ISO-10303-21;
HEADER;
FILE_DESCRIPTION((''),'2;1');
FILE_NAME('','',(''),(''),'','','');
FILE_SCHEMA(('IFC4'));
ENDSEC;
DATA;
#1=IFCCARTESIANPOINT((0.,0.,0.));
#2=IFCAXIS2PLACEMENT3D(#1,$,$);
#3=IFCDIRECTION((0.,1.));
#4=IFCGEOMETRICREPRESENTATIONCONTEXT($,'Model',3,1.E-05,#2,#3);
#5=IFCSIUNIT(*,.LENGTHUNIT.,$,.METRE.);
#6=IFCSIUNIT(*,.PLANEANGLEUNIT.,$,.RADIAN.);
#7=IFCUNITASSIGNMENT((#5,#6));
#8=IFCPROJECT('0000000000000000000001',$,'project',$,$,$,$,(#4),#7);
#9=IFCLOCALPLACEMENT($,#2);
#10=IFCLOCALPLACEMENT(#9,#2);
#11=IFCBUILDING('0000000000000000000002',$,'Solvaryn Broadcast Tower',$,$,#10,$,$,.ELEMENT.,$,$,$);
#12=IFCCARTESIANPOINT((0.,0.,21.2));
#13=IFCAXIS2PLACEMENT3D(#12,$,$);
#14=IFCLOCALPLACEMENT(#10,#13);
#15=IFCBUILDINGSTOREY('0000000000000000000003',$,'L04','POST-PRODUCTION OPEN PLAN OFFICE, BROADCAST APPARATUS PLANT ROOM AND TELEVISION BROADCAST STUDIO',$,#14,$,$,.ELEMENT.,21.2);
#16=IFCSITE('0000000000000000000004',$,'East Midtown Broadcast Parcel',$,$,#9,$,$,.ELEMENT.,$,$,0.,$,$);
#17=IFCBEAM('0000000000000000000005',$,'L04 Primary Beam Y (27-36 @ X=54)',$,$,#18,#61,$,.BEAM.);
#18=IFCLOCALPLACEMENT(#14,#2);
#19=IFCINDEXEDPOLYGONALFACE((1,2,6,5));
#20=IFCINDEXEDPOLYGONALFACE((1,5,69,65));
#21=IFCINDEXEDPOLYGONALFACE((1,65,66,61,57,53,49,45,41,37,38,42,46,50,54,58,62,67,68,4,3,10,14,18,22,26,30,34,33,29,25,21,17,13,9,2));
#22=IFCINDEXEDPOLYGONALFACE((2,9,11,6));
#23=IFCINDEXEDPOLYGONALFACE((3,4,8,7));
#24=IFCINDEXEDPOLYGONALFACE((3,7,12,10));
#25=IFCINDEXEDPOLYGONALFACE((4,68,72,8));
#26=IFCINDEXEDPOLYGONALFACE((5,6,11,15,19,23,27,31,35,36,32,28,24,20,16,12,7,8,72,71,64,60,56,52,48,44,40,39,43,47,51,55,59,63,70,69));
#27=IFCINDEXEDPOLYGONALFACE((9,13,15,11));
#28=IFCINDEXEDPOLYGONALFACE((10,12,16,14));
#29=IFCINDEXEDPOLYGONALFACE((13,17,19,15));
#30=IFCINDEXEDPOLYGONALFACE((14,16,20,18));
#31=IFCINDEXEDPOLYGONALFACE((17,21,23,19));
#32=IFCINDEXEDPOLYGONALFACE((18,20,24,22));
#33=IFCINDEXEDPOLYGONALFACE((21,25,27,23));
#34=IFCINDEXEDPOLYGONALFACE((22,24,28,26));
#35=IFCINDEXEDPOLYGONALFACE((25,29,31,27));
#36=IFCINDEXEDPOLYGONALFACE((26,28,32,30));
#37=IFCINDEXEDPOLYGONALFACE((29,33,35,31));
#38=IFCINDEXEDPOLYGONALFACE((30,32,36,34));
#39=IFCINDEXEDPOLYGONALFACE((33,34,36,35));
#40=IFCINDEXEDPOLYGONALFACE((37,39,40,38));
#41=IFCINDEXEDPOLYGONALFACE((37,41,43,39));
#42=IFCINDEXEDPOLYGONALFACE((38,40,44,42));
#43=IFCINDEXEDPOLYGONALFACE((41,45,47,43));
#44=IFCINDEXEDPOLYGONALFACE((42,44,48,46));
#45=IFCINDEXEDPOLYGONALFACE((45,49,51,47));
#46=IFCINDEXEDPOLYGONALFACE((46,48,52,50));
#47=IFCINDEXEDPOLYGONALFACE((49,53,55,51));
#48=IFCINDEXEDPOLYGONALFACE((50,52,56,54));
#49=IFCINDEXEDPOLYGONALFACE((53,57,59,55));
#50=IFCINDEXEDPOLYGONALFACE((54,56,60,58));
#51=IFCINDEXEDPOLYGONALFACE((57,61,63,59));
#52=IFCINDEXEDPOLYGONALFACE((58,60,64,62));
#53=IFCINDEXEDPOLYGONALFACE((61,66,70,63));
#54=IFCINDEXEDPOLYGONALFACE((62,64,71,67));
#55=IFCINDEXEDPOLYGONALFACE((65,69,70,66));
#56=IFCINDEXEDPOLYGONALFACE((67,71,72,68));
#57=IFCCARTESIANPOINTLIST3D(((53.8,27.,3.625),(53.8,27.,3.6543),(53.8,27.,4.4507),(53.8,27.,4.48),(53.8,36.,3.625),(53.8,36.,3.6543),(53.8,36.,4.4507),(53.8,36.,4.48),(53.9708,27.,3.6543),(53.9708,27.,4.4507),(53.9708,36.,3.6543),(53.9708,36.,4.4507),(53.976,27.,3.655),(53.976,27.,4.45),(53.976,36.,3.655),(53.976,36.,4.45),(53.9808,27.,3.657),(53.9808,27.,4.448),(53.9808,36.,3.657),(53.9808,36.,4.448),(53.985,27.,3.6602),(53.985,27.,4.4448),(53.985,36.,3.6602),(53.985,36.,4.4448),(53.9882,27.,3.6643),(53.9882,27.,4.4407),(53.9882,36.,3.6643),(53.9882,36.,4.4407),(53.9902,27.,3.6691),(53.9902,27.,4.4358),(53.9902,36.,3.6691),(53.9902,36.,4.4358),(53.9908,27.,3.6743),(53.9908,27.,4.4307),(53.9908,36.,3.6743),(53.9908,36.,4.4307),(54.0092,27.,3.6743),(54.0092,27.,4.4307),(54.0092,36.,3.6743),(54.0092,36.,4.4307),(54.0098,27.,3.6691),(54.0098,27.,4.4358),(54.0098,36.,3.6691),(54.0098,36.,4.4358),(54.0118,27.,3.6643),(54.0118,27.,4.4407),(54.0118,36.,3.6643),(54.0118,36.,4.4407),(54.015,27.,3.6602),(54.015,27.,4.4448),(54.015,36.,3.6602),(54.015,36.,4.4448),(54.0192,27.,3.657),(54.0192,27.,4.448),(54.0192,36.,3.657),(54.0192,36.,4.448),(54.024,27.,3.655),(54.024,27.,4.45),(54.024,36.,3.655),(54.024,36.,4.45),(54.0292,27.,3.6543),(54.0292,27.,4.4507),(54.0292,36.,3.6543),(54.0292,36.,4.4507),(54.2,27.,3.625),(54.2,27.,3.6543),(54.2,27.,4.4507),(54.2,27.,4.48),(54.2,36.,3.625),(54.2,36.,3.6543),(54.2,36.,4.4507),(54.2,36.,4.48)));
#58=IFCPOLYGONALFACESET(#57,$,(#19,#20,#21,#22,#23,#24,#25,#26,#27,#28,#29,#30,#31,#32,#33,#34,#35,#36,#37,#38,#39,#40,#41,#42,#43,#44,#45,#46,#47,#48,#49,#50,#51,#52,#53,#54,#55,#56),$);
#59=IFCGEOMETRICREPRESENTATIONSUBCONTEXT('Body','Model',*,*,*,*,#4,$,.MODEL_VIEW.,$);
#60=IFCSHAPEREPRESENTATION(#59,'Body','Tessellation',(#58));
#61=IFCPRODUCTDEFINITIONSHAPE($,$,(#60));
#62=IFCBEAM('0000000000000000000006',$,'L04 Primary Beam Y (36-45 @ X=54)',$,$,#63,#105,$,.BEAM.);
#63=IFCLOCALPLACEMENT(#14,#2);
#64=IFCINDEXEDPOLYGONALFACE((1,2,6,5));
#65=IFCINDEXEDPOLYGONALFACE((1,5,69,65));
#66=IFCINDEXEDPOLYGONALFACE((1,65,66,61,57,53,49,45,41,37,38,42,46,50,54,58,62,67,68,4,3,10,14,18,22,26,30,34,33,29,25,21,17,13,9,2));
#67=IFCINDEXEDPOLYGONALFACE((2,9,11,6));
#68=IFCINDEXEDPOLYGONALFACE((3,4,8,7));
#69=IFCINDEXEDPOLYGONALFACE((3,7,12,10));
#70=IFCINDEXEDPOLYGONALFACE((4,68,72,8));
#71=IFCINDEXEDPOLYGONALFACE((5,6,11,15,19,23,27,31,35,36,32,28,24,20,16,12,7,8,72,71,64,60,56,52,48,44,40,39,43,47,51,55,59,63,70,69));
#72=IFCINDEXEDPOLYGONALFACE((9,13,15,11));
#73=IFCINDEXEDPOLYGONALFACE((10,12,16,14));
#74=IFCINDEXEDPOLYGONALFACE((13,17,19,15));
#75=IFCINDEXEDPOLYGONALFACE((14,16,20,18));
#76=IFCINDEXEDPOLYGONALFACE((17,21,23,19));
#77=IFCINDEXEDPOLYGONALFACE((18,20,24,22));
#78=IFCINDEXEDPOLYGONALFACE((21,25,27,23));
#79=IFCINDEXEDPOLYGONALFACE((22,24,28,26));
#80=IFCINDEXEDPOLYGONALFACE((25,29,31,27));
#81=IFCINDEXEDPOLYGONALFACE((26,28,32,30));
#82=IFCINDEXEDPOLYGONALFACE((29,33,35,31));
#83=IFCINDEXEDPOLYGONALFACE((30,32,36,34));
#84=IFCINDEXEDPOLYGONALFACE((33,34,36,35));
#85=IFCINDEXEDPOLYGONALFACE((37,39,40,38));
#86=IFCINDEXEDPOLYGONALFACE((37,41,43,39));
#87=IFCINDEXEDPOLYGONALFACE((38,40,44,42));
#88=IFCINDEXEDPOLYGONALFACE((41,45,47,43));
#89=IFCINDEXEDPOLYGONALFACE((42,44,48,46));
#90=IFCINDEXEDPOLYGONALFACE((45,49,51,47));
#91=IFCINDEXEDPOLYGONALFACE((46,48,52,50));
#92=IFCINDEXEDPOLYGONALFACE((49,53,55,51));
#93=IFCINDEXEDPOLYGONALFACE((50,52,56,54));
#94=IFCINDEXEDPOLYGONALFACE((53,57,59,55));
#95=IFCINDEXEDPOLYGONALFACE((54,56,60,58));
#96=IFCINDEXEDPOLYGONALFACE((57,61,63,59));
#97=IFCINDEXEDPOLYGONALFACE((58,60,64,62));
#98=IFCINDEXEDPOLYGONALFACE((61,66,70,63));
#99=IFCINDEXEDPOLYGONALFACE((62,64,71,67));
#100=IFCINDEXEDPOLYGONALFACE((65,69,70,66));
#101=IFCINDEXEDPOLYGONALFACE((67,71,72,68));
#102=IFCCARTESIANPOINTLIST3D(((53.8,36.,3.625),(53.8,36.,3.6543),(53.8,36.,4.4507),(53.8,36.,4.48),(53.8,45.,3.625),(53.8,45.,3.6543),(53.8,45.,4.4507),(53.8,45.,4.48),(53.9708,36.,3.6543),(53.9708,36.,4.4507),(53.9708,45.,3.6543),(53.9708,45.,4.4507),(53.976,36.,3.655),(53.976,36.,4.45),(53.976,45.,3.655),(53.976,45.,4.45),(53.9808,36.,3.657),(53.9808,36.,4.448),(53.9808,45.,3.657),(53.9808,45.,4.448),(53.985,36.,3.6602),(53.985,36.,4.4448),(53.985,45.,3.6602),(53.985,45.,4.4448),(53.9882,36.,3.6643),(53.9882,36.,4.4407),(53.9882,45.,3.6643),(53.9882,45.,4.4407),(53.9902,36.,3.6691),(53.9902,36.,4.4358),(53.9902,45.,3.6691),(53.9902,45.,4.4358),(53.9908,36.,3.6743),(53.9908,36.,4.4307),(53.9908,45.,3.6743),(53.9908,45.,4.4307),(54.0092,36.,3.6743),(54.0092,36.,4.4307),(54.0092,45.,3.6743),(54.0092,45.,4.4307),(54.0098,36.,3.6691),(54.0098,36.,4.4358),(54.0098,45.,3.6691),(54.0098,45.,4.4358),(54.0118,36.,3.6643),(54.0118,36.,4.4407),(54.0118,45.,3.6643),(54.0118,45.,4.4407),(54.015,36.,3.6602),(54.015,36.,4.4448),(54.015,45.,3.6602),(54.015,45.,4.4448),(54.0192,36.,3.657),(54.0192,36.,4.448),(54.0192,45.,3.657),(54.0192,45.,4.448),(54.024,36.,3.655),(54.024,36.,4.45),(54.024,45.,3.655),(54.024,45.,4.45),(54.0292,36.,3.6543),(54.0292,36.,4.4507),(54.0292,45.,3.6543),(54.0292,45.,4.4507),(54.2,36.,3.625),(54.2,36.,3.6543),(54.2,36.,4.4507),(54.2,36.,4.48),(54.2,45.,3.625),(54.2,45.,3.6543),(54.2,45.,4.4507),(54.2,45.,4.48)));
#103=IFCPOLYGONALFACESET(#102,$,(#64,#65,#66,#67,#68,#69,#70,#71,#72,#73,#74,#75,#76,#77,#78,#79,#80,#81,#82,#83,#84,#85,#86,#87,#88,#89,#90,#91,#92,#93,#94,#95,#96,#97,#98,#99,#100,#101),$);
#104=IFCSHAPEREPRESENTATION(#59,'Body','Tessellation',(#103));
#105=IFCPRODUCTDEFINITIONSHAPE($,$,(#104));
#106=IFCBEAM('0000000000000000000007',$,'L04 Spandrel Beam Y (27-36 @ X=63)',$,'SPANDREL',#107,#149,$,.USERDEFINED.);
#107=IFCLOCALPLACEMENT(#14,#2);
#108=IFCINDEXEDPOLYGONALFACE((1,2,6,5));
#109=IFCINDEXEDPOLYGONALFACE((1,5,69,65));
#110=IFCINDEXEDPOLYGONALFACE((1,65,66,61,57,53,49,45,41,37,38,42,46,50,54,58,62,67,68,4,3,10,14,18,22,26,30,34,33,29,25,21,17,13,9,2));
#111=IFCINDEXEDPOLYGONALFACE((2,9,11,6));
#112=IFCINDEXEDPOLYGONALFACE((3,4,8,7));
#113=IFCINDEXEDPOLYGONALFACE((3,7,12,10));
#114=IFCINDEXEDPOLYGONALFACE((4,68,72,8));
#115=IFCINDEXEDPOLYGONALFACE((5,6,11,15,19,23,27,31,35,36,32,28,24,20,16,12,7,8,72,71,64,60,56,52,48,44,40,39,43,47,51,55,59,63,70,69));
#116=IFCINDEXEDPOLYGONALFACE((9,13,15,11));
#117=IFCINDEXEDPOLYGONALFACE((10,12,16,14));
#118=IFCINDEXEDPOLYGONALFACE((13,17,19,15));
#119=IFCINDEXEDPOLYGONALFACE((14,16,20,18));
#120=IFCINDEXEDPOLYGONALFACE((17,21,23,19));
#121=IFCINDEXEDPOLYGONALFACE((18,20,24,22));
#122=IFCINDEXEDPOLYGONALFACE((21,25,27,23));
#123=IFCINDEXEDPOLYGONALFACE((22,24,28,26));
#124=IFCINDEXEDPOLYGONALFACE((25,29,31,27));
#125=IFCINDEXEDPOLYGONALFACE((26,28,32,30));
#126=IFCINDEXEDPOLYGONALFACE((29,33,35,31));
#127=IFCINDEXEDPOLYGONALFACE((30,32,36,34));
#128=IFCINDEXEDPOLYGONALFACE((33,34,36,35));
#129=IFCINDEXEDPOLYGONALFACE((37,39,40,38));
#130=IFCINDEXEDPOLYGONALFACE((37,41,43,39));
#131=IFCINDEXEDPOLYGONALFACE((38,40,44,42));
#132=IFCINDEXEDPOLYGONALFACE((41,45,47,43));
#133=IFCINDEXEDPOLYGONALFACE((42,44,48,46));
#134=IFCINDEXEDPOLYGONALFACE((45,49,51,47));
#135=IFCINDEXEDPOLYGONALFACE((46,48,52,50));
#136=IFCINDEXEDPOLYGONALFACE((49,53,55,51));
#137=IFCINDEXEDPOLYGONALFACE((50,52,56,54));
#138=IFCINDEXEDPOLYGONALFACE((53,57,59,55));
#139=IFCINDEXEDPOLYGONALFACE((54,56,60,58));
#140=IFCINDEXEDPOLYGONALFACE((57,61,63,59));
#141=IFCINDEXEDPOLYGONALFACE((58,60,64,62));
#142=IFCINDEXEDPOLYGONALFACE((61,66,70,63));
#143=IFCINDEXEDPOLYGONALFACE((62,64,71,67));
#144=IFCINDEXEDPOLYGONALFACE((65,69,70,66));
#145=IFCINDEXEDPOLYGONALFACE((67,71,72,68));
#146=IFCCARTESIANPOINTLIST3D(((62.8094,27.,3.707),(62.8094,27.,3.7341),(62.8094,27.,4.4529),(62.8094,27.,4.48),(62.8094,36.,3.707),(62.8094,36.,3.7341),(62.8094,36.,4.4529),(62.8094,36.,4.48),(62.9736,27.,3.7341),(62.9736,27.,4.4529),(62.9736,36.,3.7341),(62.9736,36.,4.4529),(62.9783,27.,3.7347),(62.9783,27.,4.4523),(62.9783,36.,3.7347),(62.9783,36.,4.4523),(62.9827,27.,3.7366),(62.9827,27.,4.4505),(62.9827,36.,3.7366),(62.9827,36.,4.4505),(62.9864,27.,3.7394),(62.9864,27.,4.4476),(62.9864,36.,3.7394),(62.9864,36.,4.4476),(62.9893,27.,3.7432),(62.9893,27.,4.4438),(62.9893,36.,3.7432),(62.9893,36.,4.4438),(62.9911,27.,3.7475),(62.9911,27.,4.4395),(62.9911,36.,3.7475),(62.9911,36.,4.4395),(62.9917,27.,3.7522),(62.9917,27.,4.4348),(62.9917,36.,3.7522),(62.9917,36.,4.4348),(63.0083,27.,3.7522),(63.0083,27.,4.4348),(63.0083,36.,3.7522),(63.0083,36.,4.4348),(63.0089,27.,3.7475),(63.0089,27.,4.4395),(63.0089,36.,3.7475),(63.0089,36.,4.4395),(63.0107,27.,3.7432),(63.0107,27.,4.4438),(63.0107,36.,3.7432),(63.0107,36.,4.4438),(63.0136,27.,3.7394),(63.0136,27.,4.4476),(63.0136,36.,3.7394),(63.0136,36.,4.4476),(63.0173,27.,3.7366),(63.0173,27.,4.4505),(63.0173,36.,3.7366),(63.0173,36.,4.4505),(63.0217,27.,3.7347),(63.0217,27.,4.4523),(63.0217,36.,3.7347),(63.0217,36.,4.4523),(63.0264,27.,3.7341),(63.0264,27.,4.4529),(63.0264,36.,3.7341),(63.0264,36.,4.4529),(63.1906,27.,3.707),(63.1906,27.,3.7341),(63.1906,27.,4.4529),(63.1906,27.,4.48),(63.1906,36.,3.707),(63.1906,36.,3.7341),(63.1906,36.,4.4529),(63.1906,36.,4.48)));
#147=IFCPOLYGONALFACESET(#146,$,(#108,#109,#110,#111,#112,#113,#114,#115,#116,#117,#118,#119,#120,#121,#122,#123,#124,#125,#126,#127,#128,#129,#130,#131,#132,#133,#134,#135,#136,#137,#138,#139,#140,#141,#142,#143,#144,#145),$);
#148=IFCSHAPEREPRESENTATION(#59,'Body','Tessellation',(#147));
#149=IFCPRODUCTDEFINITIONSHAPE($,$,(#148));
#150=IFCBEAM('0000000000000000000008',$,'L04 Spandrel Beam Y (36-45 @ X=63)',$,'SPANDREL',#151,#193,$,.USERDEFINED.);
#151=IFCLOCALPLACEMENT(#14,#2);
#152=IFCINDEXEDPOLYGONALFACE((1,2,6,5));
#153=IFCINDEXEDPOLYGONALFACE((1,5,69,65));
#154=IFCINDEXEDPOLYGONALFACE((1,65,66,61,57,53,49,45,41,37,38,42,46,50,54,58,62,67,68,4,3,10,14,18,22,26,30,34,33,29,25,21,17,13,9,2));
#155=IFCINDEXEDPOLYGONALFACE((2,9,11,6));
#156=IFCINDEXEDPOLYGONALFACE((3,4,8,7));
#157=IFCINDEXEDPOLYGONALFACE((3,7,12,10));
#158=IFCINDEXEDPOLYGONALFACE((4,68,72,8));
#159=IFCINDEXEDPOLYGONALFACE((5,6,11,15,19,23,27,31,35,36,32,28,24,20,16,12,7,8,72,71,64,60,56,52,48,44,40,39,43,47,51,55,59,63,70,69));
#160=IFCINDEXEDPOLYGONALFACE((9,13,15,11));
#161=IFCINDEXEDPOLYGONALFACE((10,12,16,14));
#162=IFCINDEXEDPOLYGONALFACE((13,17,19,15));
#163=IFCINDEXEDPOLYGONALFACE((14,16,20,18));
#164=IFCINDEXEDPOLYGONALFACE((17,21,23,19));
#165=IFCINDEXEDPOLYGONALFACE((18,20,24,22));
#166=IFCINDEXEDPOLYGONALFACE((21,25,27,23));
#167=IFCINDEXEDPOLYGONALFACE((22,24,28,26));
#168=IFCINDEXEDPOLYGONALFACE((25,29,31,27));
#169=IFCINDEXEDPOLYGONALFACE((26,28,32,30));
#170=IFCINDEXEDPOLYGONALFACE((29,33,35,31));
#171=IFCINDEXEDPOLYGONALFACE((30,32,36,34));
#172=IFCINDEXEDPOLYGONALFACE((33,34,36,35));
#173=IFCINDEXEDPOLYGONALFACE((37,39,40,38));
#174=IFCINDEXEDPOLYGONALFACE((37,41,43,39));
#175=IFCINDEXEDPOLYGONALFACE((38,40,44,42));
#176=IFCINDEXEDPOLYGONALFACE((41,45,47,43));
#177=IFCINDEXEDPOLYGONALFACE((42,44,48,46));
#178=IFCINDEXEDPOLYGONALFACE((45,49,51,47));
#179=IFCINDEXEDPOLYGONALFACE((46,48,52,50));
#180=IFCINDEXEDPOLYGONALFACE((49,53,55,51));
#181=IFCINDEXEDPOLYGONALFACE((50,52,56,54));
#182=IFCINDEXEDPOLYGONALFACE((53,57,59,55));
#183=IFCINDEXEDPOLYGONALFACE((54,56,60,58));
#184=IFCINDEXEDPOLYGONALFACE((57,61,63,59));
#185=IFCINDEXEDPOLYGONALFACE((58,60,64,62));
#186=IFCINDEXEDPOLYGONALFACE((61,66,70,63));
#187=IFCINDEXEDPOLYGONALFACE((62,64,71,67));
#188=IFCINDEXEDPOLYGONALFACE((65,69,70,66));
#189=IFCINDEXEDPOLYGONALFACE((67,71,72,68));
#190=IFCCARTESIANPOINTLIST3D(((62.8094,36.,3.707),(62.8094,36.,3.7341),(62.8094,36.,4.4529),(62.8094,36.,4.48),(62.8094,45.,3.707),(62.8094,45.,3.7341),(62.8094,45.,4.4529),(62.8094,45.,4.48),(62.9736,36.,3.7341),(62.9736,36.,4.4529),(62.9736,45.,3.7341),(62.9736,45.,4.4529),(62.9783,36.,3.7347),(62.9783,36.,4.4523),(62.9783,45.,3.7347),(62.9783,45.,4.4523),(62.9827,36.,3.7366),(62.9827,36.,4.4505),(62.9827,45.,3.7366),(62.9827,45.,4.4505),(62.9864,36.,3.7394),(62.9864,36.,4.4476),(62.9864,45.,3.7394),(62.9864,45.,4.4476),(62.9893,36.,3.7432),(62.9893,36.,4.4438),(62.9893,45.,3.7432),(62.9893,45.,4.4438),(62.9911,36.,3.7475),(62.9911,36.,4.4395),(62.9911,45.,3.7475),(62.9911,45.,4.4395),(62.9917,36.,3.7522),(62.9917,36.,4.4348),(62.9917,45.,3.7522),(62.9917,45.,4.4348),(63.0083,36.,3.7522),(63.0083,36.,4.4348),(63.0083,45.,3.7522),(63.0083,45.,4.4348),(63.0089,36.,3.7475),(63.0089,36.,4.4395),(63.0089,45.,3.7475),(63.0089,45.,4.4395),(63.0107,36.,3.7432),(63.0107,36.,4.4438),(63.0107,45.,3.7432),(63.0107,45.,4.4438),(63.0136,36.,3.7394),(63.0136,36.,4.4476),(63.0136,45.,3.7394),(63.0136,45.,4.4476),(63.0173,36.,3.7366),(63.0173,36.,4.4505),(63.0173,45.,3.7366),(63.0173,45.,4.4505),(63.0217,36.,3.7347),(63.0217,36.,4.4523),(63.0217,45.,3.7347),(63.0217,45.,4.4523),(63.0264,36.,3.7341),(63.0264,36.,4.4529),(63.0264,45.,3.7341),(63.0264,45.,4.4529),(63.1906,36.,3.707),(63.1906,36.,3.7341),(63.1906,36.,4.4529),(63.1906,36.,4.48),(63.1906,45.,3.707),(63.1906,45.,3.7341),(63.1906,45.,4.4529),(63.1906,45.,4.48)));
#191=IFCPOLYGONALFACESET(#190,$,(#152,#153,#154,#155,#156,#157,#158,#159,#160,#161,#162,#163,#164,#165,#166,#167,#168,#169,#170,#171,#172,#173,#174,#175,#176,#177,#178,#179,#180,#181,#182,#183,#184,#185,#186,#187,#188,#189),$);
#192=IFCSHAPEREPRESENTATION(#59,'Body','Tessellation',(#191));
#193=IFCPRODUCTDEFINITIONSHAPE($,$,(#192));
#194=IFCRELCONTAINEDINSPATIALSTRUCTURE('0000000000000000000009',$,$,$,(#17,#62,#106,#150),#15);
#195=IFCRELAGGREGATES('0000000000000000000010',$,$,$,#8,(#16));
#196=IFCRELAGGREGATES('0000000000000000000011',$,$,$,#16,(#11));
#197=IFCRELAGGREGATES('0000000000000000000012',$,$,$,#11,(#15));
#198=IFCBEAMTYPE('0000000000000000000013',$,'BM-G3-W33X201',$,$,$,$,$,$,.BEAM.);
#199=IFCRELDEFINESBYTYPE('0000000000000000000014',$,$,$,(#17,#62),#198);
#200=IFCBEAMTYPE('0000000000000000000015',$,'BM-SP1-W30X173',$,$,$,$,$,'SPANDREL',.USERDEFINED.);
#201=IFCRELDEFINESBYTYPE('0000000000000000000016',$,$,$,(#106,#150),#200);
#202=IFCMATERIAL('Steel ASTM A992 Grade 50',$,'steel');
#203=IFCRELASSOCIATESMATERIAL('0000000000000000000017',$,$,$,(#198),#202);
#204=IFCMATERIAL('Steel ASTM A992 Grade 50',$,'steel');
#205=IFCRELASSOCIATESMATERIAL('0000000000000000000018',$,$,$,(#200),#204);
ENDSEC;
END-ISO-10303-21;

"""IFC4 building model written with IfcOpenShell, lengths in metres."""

from ifc_helpers import new_model, si_unit, direction, frame, origin, origin_2d, place, context, subcontext, project, spatial, i_section, extrude, material, material_profile, profile_set, type_object, element, save


model = new_model("IFC4")

# Units and contexts
model_context = context("Model", 3, precision=1e-05, world=origin(), true_north=direction((0.0, 1.0)))
body_context = subcontext(model_context, "Body", "Model", "MODEL_VIEW")
ifc_project = project(units=[si_unit("LENGTHUNIT", "METRE"), si_unit("PLANEANGLEUNIT", "RADIAN")], contexts=[model_context])

# Site, building, storey
site_placement = place(None, origin())
site = spatial("IfcSite", under=ifc_project, at=site_placement, Name="East Midtown Broadcast Parcel", CompositionType="ELEMENT", RefElevation=0.0)
building_placement = place(site_placement, origin())
building = spatial("IfcBuilding", under=site, at=building_placement, Name="Solvaryn Broadcast Tower", CompositionType="ELEMENT")
storey_placement = place(building_placement, frame((0.0, 0.0, 21.2)))
storey = spatial("IfcBuildingStorey", under=building, at=storey_placement, Name="L04", Description="POST-PRODUCTION OPEN PLAN OFFICE, BROADCAST APPARATUS PLANT ROOM AND TELEVISION BROADCAST STUDIO", CompositionType="ELEMENT", Elevation=21.2)

# Beams
ifc_material_1 = material(Name="Steel ASTM A992 Grade 50", Category="steel")
ifc_material_profile_1 = material_profile(ifc_material_1, i_section(OverallWidth=0.3999, OverallDepth=0.855, WebThickness=0.0183, FlangeThickness=0.0293, FilletRadius=0.02, at=origin_2d()))
ifc_profile_set_1 = profile_set([ifc_material_profile_1], Name="Steel ASTM A992 Grade 50")
beam_type_1 = type_object("IfcBeamType", Name="BM-G3-W33X201", PredefinedType="BEAM", material=ifc_profile_set_1)
for number, where, z_axis, x_axis, name in (
    (1, (54.0, 27.0, 4.0525), (0.0, 1.0, 0.0), (-1.0, 0.0, 0.0), "L04 Primary Beam Y (27-36 @ X=54)"),
    (2, (54.0, 36.0, 4.0525), (0.0, 1.0, 0.0), (-1.0, 0.0, 0.0), "L04 Primary Beam Y (36-45 @ X=54)"),
):
    element("IfcBeam", number, at=place(storey_placement, frame(where, z_axis=z_axis, x_axis=x_axis)), inside=storey, type_object=beam_type_1, Name=name, PredefinedType="BEAM", context=body_context, shape_type="SweptSolid", body=[
        extrude(i_section(OverallWidth=0.3999, OverallDepth=0.855, WebThickness=0.0183, FlangeThickness=0.0293, FilletRadius=0.02, at=origin_2d()), origin(), (0.0, 0.0, 1.0), 9.0),
    ])
ifc_material_2 = material(Name="Steel ASTM A992 Grade 50", Category="steel")
ifc_material_profile_2 = material_profile(ifc_material_2, i_section(OverallWidth=0.3811, OverallDepth=0.7729, WebThickness=0.0166, FlangeThickness=0.0271, FilletRadius=0.0181, at=origin_2d()))
ifc_profile_set_2 = profile_set([ifc_material_profile_2], Name="Steel ASTM A992 Grade 50")
beam_type_2 = type_object("IfcBeamType", Name="BM-SP1-W30X173", ElementType="SPANDREL", PredefinedType="USERDEFINED", material=ifc_profile_set_2)
for number, where, z_axis, x_axis, name in (
    (3, (63.0, 27.0, 4.0935), (0.0, 1.0, 0.0), (-1.0, 0.0, 0.0), "L04 Spandrel Beam Y (27-36 @ X=63)"),
    (4, (63.0, 36.0, 4.0935), (0.0, 1.0, 0.0), (-1.0, 0.0, 0.0), "L04 Spandrel Beam Y (36-45 @ X=63)"),
):
    element("IfcBeam", number, at=place(storey_placement, frame(where, z_axis=z_axis, x_axis=x_axis)), inside=storey, type_object=beam_type_2, Name=name, ObjectType="SPANDREL", PredefinedType="USERDEFINED", context=body_context, shape_type="SweptSolid", body=[
        extrude(i_section(OverallWidth=0.3811, OverallDepth=0.7729, WebThickness=0.0166, FlangeThickness=0.0271, FilletRadius=0.0181, at=origin_2d()), origin(), (0.0, 0.0, 1.0), 9.0),
    ])

save(model, "model.ifc")
